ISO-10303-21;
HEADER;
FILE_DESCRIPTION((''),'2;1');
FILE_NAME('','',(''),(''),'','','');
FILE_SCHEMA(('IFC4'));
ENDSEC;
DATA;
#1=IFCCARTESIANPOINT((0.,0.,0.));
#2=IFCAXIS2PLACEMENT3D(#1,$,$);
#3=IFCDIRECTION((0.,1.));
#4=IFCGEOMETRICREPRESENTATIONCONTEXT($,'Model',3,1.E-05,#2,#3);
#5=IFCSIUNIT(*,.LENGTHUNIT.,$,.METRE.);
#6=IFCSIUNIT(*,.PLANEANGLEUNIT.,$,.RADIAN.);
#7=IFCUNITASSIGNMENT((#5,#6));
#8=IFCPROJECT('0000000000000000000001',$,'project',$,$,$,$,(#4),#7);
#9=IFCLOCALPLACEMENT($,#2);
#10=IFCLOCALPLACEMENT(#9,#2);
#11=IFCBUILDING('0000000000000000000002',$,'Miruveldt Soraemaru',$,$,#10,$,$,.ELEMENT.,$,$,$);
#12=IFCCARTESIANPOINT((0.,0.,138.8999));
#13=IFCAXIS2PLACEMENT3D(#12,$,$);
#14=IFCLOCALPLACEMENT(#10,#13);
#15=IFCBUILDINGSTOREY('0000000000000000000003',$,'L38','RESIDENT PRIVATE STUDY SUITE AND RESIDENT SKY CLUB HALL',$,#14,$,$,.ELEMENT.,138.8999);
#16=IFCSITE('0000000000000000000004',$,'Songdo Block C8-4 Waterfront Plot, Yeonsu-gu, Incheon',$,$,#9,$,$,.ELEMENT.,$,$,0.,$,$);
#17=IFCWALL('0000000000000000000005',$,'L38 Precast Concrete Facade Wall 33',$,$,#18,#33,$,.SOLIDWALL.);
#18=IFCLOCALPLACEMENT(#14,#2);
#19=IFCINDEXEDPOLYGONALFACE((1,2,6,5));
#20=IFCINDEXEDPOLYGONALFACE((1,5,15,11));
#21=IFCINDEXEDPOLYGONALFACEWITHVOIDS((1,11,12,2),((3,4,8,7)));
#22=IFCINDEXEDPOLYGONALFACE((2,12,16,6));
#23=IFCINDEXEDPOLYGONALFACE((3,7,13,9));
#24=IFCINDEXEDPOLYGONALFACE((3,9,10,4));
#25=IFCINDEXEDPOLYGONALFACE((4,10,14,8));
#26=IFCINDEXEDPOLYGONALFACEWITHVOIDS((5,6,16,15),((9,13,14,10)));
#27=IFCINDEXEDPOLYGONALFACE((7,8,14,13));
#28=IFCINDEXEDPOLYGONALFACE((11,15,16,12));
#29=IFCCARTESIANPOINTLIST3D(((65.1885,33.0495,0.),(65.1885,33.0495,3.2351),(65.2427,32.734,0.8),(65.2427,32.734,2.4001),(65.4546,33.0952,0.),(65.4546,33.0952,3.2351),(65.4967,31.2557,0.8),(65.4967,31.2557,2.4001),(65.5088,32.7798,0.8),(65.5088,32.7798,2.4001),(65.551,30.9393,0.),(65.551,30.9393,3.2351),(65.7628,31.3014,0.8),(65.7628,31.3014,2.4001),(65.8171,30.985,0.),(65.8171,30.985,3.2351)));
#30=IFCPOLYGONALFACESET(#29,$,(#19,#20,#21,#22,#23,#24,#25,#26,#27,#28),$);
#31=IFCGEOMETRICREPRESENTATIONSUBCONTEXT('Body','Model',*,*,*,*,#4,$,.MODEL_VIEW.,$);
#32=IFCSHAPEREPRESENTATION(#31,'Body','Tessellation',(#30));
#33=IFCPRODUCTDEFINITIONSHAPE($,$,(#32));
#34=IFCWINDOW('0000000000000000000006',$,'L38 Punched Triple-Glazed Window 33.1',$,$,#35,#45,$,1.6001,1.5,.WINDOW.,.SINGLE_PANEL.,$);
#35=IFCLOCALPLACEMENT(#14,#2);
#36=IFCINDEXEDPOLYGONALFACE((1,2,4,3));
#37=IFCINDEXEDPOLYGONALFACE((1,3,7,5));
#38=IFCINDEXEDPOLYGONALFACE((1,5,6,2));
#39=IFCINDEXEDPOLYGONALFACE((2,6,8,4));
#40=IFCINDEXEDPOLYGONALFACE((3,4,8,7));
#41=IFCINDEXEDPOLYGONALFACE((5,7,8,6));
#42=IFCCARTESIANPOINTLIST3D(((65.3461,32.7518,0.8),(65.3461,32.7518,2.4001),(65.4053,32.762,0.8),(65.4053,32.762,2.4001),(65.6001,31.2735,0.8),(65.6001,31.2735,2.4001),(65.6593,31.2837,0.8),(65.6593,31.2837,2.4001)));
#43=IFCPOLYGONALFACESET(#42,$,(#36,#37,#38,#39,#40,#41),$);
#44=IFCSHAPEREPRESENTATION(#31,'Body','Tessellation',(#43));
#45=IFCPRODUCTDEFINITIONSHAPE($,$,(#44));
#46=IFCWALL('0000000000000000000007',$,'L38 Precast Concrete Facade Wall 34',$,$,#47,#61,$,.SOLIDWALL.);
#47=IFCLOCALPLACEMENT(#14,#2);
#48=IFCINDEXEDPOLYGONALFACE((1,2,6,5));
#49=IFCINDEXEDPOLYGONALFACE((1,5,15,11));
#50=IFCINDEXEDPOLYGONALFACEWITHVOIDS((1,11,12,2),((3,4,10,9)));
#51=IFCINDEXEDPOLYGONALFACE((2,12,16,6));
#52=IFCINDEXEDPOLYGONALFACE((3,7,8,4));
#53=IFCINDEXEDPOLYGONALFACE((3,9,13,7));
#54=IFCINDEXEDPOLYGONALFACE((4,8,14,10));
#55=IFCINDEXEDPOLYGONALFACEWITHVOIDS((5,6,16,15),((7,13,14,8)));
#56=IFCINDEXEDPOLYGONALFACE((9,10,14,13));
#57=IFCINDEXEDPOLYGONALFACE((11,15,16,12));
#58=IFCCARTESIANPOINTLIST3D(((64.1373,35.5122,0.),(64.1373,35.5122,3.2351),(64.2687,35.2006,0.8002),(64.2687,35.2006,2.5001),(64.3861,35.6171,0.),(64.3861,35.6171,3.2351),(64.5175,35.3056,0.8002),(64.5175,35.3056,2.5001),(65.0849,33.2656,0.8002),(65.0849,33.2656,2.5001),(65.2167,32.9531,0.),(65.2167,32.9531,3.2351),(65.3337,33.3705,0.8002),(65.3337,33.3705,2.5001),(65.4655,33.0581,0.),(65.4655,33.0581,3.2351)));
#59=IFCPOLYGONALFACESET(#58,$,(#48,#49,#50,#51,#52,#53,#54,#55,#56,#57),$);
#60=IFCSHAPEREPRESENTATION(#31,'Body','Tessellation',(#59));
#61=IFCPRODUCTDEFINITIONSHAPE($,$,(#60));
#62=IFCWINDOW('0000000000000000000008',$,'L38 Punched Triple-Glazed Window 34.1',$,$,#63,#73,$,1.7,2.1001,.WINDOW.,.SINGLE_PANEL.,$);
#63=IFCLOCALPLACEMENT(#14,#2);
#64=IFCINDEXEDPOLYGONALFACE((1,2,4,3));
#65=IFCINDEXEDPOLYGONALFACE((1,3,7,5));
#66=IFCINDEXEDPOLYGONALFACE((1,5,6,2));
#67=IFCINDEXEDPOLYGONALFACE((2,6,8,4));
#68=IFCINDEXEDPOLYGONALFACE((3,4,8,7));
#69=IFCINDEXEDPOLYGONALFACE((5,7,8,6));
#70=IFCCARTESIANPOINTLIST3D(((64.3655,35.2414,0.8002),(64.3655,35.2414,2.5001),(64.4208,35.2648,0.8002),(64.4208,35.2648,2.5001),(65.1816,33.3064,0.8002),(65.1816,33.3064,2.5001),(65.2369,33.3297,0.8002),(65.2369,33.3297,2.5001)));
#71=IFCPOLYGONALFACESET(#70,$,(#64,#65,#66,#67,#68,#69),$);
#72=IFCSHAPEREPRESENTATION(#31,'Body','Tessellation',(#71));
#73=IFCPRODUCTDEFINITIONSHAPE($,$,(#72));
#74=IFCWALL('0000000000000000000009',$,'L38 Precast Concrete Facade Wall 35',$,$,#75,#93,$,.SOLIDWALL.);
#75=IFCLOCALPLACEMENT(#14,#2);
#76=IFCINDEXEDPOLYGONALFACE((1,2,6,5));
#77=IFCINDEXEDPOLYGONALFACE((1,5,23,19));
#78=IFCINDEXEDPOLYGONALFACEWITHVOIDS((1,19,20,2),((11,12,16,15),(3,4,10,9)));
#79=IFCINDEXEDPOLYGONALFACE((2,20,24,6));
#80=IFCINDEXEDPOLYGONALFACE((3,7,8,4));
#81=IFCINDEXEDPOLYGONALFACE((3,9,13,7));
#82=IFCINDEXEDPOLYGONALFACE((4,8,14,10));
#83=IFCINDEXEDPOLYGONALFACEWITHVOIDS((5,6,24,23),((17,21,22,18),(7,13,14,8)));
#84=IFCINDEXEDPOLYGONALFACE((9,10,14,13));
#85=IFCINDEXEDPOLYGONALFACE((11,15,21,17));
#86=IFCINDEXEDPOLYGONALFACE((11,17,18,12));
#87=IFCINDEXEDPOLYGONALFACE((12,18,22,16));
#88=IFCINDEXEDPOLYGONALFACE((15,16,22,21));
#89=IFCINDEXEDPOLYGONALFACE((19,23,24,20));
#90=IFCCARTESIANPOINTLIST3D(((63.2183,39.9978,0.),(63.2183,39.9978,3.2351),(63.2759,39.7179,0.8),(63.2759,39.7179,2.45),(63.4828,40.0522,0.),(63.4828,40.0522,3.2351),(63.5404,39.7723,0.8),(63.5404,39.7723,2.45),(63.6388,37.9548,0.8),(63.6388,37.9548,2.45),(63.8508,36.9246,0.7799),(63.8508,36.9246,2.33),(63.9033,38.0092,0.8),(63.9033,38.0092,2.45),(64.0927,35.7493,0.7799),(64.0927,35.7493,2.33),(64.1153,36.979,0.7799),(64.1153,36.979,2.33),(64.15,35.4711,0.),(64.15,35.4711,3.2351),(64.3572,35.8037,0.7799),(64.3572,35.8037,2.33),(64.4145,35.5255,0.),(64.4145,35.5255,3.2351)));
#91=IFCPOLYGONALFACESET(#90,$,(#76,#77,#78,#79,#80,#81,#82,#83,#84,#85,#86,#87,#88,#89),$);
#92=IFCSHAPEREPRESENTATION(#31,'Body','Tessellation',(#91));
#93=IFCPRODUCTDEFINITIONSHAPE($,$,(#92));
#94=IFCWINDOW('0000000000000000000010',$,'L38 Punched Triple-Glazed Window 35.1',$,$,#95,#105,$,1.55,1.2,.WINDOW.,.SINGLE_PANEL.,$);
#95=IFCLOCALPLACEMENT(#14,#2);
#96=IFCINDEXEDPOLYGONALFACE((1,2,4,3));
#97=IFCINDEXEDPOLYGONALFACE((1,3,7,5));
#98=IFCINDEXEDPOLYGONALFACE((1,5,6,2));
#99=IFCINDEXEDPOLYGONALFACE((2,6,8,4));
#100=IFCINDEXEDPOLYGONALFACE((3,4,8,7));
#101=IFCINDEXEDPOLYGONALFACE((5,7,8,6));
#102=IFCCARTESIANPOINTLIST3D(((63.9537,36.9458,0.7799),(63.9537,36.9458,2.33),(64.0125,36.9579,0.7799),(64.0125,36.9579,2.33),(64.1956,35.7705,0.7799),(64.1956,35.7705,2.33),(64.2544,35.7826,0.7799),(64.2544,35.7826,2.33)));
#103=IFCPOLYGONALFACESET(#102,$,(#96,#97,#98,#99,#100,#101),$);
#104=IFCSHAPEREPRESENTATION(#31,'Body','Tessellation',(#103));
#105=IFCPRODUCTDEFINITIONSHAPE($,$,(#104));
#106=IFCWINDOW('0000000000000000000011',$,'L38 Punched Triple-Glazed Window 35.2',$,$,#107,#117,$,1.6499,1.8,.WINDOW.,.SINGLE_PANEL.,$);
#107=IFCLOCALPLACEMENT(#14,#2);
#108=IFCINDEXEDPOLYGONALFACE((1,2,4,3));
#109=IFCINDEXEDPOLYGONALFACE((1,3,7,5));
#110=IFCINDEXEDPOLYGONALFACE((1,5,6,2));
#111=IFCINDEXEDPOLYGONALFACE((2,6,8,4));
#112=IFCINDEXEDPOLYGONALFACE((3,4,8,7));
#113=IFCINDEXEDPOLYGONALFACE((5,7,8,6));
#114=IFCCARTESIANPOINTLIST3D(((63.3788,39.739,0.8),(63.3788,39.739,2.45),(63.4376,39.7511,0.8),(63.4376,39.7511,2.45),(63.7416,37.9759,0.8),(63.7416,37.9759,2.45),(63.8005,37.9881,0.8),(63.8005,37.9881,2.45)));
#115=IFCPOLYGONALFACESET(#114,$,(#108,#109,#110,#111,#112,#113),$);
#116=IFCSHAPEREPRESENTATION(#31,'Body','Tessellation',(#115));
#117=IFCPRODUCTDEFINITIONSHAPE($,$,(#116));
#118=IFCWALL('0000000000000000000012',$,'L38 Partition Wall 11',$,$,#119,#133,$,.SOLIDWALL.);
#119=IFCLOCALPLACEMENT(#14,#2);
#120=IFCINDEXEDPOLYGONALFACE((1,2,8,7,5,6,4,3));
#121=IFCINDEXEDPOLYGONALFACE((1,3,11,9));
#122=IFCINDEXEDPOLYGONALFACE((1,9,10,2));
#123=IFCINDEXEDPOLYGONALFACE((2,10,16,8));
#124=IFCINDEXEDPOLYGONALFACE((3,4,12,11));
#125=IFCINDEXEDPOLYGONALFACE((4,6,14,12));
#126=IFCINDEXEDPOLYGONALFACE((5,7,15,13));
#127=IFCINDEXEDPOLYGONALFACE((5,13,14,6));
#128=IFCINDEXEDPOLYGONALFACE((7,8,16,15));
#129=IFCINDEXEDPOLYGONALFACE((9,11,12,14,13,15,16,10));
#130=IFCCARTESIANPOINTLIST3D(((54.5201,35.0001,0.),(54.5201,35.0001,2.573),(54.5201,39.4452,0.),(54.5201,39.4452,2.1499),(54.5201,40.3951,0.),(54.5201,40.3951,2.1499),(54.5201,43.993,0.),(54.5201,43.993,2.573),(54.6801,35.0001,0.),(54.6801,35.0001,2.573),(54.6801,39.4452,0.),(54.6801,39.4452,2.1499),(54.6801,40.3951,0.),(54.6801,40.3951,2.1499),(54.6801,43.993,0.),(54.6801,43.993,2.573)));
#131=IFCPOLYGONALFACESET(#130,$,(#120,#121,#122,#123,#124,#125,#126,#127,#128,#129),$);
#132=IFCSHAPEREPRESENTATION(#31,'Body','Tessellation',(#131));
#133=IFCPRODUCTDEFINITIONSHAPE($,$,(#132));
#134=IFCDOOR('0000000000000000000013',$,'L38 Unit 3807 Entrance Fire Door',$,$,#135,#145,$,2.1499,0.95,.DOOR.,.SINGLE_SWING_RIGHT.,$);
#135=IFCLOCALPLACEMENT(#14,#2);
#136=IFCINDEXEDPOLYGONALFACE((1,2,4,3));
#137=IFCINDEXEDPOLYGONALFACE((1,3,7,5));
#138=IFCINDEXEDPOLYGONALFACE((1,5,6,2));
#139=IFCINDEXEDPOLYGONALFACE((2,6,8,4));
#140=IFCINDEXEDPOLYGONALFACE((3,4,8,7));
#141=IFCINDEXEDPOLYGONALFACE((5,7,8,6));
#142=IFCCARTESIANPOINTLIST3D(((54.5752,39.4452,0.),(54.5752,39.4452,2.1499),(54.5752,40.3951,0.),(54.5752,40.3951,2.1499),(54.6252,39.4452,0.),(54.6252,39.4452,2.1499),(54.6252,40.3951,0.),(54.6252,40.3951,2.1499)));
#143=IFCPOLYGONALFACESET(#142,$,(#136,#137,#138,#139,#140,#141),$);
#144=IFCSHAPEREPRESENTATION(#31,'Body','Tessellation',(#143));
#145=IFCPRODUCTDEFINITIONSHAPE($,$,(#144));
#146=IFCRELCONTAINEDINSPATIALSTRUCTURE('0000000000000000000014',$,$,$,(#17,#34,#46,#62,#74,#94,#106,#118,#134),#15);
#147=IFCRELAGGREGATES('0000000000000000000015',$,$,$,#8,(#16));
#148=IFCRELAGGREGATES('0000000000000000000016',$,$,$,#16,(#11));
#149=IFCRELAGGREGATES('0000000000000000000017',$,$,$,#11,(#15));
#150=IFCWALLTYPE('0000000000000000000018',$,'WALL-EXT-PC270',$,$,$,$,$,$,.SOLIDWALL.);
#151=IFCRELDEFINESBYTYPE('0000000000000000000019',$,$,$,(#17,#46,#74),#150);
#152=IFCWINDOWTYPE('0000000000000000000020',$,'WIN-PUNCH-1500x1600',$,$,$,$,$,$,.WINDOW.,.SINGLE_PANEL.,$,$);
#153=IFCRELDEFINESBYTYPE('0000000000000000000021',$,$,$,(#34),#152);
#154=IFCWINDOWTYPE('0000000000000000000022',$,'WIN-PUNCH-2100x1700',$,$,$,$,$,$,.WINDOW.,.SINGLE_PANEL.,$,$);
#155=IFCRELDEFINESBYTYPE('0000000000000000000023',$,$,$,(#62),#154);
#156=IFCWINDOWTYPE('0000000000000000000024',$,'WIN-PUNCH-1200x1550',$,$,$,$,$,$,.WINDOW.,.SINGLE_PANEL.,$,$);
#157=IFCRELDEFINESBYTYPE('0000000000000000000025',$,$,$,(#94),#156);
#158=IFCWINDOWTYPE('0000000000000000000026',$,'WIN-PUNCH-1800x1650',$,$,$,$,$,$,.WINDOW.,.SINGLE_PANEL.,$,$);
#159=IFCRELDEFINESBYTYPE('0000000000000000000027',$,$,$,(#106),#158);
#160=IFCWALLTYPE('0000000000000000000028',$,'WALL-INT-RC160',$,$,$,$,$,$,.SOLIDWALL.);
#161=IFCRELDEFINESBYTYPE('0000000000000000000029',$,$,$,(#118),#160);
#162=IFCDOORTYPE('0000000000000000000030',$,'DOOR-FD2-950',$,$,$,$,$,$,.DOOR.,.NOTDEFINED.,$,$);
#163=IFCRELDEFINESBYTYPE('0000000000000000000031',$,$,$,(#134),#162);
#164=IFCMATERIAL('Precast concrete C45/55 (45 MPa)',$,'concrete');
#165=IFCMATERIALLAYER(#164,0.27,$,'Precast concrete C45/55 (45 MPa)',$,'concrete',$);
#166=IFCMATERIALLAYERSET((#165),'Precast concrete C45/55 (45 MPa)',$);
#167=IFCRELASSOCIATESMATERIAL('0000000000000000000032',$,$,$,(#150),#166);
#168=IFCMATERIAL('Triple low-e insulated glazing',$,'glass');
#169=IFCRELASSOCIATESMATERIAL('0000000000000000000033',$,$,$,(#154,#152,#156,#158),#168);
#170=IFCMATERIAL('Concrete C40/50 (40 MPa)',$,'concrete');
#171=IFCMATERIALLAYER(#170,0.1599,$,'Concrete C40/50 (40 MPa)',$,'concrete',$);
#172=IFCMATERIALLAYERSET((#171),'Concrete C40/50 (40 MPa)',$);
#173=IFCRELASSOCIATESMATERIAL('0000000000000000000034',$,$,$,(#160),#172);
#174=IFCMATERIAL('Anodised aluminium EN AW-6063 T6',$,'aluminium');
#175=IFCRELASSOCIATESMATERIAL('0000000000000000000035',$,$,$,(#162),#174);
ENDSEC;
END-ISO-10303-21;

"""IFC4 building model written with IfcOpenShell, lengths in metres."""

from ifc_helpers import new_model, si_unit, direction, frame, frame_2d, origin, place, context, subcontext, project, spatial, rectangle, extrude, material, layer, layer_set, type_object, element, fill, save


model = new_model("IFC4")

# Units and contexts
model_context = context("Model", 3, precision=1e-05, world=origin(), true_north=direction((0.0, 1.0)))
body_context = subcontext(model_context, "Body", "Model", "MODEL_VIEW")
ifc_project = project(units=[si_unit("LENGTHUNIT", "METRE"), si_unit("PLANEANGLEUNIT", "RADIAN")], contexts=[model_context])

# Site, building, storey
site_placement = place(None, origin())
site = spatial("IfcSite", under=ifc_project, at=site_placement, Name="Songdo Block C8-4 Waterfront Plot, Yeonsu-gu, Incheon", CompositionType="ELEMENT", RefElevation=0.0)
building_placement = place(site_placement, origin())
building = spatial("IfcBuilding", under=site, at=building_placement, Name="Miruveldt Soraemaru", CompositionType="ELEMENT")
storey_placement = place(building_placement, frame((0.0, 0.0, 138.8999)))
storey = spatial("IfcBuildingStorey", under=building, at=storey_placement, Name="L38", Description="RESIDENT PRIVATE STUDY SUITE AND RESIDENT SKY CLUB HALL", CompositionType="ELEMENT", Elevation=138.8999)

# Walls, openings, windows
ifc_material_1 = material(Name="Precast concrete C45/55 (45 MPa)", Category="concrete")
ifc_layer_1 = layer(ifc_material_1, 0.27, Name="Precast concrete C45/55 (45 MPa)", Category="concrete")
ifc_layer_set_1 = layer_set([ifc_layer_1], Name="Precast concrete C45/55 (45 MPa)")
wall_type_1 = type_object("IfcWallType", Name="WALL-EXT-PC270", PredefinedType="SOLIDWALL", material=ifc_layer_set_1)
ifc_material_2 = material(Name="Triple low-e insulated glazing", Category="glass")
window_type_1 = type_object("IfcWindowType", Name="WIN-PUNCH-2100x1700", PartitioningType="SINGLE_PANEL", PredefinedType="WINDOW", material=ifc_material_2)
window_type_2 = type_object("IfcWindowType", Name="WIN-PUNCH-1500x1600", PartitioningType="SINGLE_PANEL", PredefinedType="WINDOW", material=ifc_material_2)
window_type_3 = type_object("IfcWindowType", Name="WIN-PUNCH-1200x1550", PartitioningType="SINGLE_PANEL", PredefinedType="WINDOW", material=ifc_material_2)
wall_1_placement = place(storey_placement, frame((65.6841, 30.9622, 0.0), z_axis=(0.0, 0.0, 1.0), x_axis=(-0.169334, 0.985559, 0.0)))
wall_1 = element("IfcWall", 1, at=wall_1_placement, inside=storey, type_object=wall_type_1, Name="L38 Precast Concrete Facade Wall 33", PredefinedType="SOLIDWALL", context=body_context, shape_type="SweptSolid", body=[
    extrude(rectangle(XDim=2.1411, YDim=0.27, at=frame_2d((1.0706, 0.0))), origin(), (0.0, 0.0, 1.0), 3.2351),
])
opening_1_placement = place(wall_1_placement, frame((0.321, 0.0, 0.8)))
opening_1 = element("IfcOpeningElement", 2, at=opening_1_placement, cuts=wall_1, PredefinedType="OPENING", context=body_context, shape_type="SweptSolid", body=[
    extrude(rectangle(XDim=1.5, YDim=1.6001, at=frame_2d((0.75, 0.8))), frame((0.0, 0.145, 0.0), z_axis=(0.0, -1.0, 0.0), x_axis=(1.0, 0.0, 0.0)), (0.0, 0.0, 1.0), 0.29),
])
window_1_placement = place(opening_1_placement, origin())
window_1 = element("IfcWindow", 3, at=window_1_placement, inside=storey, type_object=window_type_2, Name="L38 Punched Triple-Glazed Window 33.1", OverallHeight=1.6001, OverallWidth=1.5, PartitioningType="SINGLE_PANEL", PredefinedType="WINDOW", context=body_context, shape_type="SweptSolid", body=[
    extrude(rectangle(XDim=1.5, YDim=1.6001, at=frame_2d((0.75, 0.8))), frame((0.0, 0.03, 0.0), z_axis=(0.0, -1.0, 0.0), x_axis=(1.0, 0.0, 0.0)), (0.0, 0.0, 1.0), 0.0601),
])
fill(opening_1, window_1)
wall_2_placement = place(storey_placement, frame((65.3411, 33.0056, 0.0), z_axis=(0.0, 0.0, 1.0), x_axis=(-0.388619, 0.921399, 0.0)))
wall_2 = element("IfcWall", 4, at=wall_2_placement, inside=storey, type_object=wall_type_1, Name="L38 Precast Concrete Facade Wall 34", PredefinedType="SOLIDWALL", context=body_context, shape_type="SweptSolid", body=[
    extrude(rectangle(XDim=2.7773, YDim=0.27, at=frame_2d((1.3887, 0.0))), origin(), (0.0, 0.0, 1.0), 3.2351),
])
opening_2_placement = place(wall_2_placement, frame((0.3391, 0.0, 0.8)))
opening_2 = element("IfcOpeningElement", 5, at=opening_2_placement, cuts=wall_2, PredefinedType="OPENING", context=body_context, shape_type="SweptSolid", body=[
    extrude(rectangle(XDim=2.1001, YDim=1.7, at=frame_2d((1.05, 0.8501))), frame((0.0, 0.145, 0.0), z_axis=(0.0, -1.0, 0.0), x_axis=(1.0, 0.0, 0.0)), (0.0, 0.0, 1.0), 0.29),
])
window_2_placement = place(opening_2_placement, origin())
window_2 = element("IfcWindow", 6, at=window_2_placement, inside=storey, type_object=window_type_1, Name="L38 Punched Triple-Glazed Window 34.1", OverallHeight=1.7, OverallWidth=2.1001, PartitioningType="SINGLE_PANEL", PredefinedType="WINDOW", context=body_context, shape_type="SweptSolid", body=[
    extrude(rectangle(XDim=2.1001, YDim=1.7, at=frame_2d((1.05, 0.8501))), frame((0.0, 0.03, 0.0), z_axis=(0.0, -1.0, 0.0), x_axis=(1.0, 0.0, 0.0)), (0.0, 0.0, 1.0), 0.0601),
])
fill(opening_2, window_2)

# Wall, openings, windows
wall_3_placement = place(storey_placement, frame((64.2822, 35.4983, 0.0), z_axis=(0.0, 0.0, 1.0), x_axis=(-0.201589, 0.97947, 0.0)))
wall_3 = element("IfcWall", 7, at=wall_3_placement, inside=storey, type_object=wall_type_1, Name="L38 Precast Concrete Facade Wall 35", PredefinedType="SOLIDWALL", context=body_context, shape_type="SweptSolid", body=[
    extrude(rectangle(XDim=4.6216, YDim=0.27, at=frame_2d((2.3108, 0.0))), origin(), (0.0, 0.0, 1.0), 3.2351),
])
opening_3_placement = place(wall_3_placement, frame((0.2839, 0.0, 0.78)))
opening_3 = element("IfcOpeningElement", 8, at=opening_3_placement, cuts=wall_3, PredefinedType="OPENING", context=body_context, shape_type="SweptSolid", body=[
    extrude(rectangle(XDim=1.2, YDim=1.55, at=frame_2d((0.6001, 0.7749))), frame((0.0, 0.145, 0.0), z_axis=(0.0, -1.0, 0.0), x_axis=(1.0, 0.0, 0.0)), (0.0, 0.0, 1.0), 0.29),
])
opening_4_placement = place(wall_3_placement, frame((2.5359, 0.0, 0.8)))
opening_4 = element("IfcOpeningElement", 9, at=opening_4_placement, cuts=wall_3, PredefinedType="OPENING", context=body_context, shape_type="SweptSolid", body=[
    extrude(rectangle(XDim=1.8, YDim=1.6499, at=frame_2d((0.8999, 0.825))), frame((0.0, 0.145, 0.0), z_axis=(0.0, -1.0, 0.0), x_axis=(1.0, 0.0, 0.0)), (0.0, 0.0, 1.0), 0.29),
])
window_3_placement = place(opening_3_placement, origin())
window_3 = element("IfcWindow", 10, at=window_3_placement, inside=storey, type_object=window_type_3, Name="L38 Punched Triple-Glazed Window 35.1", OverallHeight=1.55, OverallWidth=1.2, PartitioningType="SINGLE_PANEL", PredefinedType="WINDOW", context=body_context, shape_type="SweptSolid", body=[
    extrude(rectangle(XDim=1.2, YDim=1.55, at=frame_2d((0.6001, 0.7749))), frame((0.0, 0.03, 0.0), z_axis=(0.0, -1.0, 0.0), x_axis=(1.0, 0.0, 0.0)), (0.0, 0.0, 1.0), 0.0601),
])
fill(opening_3, window_3)
window_type_4 = type_object("IfcWindowType", Name="WIN-PUNCH-1800x1650", PartitioningType="SINGLE_PANEL", PredefinedType="WINDOW", material=ifc_material_2)
window_4_placement = place(opening_4_placement, origin())
window_4 = element("IfcWindow", 11, at=window_4_placement, inside=storey, type_object=window_type_4, Name="L38 Punched Triple-Glazed Window 35.2", OverallHeight=1.6499, OverallWidth=1.8, PartitioningType="SINGLE_PANEL", PredefinedType="WINDOW", context=body_context, shape_type="SweptSolid", body=[
    extrude(rectangle(XDim=1.8, YDim=1.6499, at=frame_2d((0.8999, 0.825))), frame((0.0, 0.03, 0.0), z_axis=(0.0, -1.0, 0.0), x_axis=(1.0, 0.0, 0.0)), (0.0, 0.0, 1.0), 0.0601),
])
fill(opening_4, window_4)

# Wall, opening, door
ifc_material_3 = material(Name="Concrete C40/50 (40 MPa)", Category="concrete")
ifc_layer_2 = layer(ifc_material_3, 0.1599, Name="Concrete C40/50 (40 MPa)", Category="concrete")
ifc_layer_set_2 = layer_set([ifc_layer_2], Name="Concrete C40/50 (40 MPa)")
wall_type_2 = type_object("IfcWallType", Name="WALL-INT-RC160", PredefinedType="SOLIDWALL", material=ifc_layer_set_2)
wall_4_placement = place(storey_placement, frame((54.6001, 35.0, 0.0), z_axis=(0.0, 0.0, 1.0), x_axis=(0.0, 1.0, 0.0)))
wall_4 = element("IfcWall", 12, at=wall_4_placement, inside=storey, type_object=wall_type_2, Name="L38 Partition Wall 11", PredefinedType="SOLIDWALL", context=body_context, shape_type="SweptSolid", body=[
    extrude(rectangle(XDim=8.9929, YDim=0.1599, at=frame_2d((4.4966, 0.0))), origin(), (0.0, 0.0, 1.0), 2.573),
])
opening_5_placement = place(wall_4_placement, frame((4.4451, 0.0, 0.0)))
opening_5 = element("IfcOpeningElement", 13, at=opening_5_placement, cuts=wall_4, PredefinedType="OPENING", context=body_context, shape_type="SweptSolid", body=[
    extrude(rectangle(XDim=0.95, YDim=2.1499, at=frame_2d((0.4751, 1.075))), frame((0.0, 0.0898, 0.0), z_axis=(0.0, -1.0, 0.0), x_axis=(1.0, 0.0, 0.0)), (0.0, 0.0, 1.0), 0.1799),
])
ifc_material_4 = material(Name="Anodised aluminium EN AW-6063 T6", Category="aluminium")
door_type = type_object("IfcDoorType", Name="DOOR-FD2-950", OperationType="NOTDEFINED", PredefinedType="DOOR", material=ifc_material_4)
door_placement = place(opening_5_placement, origin())
door = element("IfcDoor", 14, at=door_placement, inside=storey, type_object=door_type, Name="L38 Unit 3807 Entrance Fire Door", OperationType="SINGLE_SWING_RIGHT", OverallHeight=2.1499, OverallWidth=0.95, PredefinedType="DOOR", context=body_context, shape_type="SweptSolid", body=[
    extrude(rectangle(XDim=0.95, YDim=2.1499, at=frame_2d((0.4751, 1.075))), frame((0.0, 0.0249, 0.0), z_axis=(0.0, -1.0, 0.0), x_axis=(1.0, 0.0, 0.0)), (0.0, 0.0, 1.0), 0.05),
])
fill(opening_5, door)

save(model, "model.ifc")
